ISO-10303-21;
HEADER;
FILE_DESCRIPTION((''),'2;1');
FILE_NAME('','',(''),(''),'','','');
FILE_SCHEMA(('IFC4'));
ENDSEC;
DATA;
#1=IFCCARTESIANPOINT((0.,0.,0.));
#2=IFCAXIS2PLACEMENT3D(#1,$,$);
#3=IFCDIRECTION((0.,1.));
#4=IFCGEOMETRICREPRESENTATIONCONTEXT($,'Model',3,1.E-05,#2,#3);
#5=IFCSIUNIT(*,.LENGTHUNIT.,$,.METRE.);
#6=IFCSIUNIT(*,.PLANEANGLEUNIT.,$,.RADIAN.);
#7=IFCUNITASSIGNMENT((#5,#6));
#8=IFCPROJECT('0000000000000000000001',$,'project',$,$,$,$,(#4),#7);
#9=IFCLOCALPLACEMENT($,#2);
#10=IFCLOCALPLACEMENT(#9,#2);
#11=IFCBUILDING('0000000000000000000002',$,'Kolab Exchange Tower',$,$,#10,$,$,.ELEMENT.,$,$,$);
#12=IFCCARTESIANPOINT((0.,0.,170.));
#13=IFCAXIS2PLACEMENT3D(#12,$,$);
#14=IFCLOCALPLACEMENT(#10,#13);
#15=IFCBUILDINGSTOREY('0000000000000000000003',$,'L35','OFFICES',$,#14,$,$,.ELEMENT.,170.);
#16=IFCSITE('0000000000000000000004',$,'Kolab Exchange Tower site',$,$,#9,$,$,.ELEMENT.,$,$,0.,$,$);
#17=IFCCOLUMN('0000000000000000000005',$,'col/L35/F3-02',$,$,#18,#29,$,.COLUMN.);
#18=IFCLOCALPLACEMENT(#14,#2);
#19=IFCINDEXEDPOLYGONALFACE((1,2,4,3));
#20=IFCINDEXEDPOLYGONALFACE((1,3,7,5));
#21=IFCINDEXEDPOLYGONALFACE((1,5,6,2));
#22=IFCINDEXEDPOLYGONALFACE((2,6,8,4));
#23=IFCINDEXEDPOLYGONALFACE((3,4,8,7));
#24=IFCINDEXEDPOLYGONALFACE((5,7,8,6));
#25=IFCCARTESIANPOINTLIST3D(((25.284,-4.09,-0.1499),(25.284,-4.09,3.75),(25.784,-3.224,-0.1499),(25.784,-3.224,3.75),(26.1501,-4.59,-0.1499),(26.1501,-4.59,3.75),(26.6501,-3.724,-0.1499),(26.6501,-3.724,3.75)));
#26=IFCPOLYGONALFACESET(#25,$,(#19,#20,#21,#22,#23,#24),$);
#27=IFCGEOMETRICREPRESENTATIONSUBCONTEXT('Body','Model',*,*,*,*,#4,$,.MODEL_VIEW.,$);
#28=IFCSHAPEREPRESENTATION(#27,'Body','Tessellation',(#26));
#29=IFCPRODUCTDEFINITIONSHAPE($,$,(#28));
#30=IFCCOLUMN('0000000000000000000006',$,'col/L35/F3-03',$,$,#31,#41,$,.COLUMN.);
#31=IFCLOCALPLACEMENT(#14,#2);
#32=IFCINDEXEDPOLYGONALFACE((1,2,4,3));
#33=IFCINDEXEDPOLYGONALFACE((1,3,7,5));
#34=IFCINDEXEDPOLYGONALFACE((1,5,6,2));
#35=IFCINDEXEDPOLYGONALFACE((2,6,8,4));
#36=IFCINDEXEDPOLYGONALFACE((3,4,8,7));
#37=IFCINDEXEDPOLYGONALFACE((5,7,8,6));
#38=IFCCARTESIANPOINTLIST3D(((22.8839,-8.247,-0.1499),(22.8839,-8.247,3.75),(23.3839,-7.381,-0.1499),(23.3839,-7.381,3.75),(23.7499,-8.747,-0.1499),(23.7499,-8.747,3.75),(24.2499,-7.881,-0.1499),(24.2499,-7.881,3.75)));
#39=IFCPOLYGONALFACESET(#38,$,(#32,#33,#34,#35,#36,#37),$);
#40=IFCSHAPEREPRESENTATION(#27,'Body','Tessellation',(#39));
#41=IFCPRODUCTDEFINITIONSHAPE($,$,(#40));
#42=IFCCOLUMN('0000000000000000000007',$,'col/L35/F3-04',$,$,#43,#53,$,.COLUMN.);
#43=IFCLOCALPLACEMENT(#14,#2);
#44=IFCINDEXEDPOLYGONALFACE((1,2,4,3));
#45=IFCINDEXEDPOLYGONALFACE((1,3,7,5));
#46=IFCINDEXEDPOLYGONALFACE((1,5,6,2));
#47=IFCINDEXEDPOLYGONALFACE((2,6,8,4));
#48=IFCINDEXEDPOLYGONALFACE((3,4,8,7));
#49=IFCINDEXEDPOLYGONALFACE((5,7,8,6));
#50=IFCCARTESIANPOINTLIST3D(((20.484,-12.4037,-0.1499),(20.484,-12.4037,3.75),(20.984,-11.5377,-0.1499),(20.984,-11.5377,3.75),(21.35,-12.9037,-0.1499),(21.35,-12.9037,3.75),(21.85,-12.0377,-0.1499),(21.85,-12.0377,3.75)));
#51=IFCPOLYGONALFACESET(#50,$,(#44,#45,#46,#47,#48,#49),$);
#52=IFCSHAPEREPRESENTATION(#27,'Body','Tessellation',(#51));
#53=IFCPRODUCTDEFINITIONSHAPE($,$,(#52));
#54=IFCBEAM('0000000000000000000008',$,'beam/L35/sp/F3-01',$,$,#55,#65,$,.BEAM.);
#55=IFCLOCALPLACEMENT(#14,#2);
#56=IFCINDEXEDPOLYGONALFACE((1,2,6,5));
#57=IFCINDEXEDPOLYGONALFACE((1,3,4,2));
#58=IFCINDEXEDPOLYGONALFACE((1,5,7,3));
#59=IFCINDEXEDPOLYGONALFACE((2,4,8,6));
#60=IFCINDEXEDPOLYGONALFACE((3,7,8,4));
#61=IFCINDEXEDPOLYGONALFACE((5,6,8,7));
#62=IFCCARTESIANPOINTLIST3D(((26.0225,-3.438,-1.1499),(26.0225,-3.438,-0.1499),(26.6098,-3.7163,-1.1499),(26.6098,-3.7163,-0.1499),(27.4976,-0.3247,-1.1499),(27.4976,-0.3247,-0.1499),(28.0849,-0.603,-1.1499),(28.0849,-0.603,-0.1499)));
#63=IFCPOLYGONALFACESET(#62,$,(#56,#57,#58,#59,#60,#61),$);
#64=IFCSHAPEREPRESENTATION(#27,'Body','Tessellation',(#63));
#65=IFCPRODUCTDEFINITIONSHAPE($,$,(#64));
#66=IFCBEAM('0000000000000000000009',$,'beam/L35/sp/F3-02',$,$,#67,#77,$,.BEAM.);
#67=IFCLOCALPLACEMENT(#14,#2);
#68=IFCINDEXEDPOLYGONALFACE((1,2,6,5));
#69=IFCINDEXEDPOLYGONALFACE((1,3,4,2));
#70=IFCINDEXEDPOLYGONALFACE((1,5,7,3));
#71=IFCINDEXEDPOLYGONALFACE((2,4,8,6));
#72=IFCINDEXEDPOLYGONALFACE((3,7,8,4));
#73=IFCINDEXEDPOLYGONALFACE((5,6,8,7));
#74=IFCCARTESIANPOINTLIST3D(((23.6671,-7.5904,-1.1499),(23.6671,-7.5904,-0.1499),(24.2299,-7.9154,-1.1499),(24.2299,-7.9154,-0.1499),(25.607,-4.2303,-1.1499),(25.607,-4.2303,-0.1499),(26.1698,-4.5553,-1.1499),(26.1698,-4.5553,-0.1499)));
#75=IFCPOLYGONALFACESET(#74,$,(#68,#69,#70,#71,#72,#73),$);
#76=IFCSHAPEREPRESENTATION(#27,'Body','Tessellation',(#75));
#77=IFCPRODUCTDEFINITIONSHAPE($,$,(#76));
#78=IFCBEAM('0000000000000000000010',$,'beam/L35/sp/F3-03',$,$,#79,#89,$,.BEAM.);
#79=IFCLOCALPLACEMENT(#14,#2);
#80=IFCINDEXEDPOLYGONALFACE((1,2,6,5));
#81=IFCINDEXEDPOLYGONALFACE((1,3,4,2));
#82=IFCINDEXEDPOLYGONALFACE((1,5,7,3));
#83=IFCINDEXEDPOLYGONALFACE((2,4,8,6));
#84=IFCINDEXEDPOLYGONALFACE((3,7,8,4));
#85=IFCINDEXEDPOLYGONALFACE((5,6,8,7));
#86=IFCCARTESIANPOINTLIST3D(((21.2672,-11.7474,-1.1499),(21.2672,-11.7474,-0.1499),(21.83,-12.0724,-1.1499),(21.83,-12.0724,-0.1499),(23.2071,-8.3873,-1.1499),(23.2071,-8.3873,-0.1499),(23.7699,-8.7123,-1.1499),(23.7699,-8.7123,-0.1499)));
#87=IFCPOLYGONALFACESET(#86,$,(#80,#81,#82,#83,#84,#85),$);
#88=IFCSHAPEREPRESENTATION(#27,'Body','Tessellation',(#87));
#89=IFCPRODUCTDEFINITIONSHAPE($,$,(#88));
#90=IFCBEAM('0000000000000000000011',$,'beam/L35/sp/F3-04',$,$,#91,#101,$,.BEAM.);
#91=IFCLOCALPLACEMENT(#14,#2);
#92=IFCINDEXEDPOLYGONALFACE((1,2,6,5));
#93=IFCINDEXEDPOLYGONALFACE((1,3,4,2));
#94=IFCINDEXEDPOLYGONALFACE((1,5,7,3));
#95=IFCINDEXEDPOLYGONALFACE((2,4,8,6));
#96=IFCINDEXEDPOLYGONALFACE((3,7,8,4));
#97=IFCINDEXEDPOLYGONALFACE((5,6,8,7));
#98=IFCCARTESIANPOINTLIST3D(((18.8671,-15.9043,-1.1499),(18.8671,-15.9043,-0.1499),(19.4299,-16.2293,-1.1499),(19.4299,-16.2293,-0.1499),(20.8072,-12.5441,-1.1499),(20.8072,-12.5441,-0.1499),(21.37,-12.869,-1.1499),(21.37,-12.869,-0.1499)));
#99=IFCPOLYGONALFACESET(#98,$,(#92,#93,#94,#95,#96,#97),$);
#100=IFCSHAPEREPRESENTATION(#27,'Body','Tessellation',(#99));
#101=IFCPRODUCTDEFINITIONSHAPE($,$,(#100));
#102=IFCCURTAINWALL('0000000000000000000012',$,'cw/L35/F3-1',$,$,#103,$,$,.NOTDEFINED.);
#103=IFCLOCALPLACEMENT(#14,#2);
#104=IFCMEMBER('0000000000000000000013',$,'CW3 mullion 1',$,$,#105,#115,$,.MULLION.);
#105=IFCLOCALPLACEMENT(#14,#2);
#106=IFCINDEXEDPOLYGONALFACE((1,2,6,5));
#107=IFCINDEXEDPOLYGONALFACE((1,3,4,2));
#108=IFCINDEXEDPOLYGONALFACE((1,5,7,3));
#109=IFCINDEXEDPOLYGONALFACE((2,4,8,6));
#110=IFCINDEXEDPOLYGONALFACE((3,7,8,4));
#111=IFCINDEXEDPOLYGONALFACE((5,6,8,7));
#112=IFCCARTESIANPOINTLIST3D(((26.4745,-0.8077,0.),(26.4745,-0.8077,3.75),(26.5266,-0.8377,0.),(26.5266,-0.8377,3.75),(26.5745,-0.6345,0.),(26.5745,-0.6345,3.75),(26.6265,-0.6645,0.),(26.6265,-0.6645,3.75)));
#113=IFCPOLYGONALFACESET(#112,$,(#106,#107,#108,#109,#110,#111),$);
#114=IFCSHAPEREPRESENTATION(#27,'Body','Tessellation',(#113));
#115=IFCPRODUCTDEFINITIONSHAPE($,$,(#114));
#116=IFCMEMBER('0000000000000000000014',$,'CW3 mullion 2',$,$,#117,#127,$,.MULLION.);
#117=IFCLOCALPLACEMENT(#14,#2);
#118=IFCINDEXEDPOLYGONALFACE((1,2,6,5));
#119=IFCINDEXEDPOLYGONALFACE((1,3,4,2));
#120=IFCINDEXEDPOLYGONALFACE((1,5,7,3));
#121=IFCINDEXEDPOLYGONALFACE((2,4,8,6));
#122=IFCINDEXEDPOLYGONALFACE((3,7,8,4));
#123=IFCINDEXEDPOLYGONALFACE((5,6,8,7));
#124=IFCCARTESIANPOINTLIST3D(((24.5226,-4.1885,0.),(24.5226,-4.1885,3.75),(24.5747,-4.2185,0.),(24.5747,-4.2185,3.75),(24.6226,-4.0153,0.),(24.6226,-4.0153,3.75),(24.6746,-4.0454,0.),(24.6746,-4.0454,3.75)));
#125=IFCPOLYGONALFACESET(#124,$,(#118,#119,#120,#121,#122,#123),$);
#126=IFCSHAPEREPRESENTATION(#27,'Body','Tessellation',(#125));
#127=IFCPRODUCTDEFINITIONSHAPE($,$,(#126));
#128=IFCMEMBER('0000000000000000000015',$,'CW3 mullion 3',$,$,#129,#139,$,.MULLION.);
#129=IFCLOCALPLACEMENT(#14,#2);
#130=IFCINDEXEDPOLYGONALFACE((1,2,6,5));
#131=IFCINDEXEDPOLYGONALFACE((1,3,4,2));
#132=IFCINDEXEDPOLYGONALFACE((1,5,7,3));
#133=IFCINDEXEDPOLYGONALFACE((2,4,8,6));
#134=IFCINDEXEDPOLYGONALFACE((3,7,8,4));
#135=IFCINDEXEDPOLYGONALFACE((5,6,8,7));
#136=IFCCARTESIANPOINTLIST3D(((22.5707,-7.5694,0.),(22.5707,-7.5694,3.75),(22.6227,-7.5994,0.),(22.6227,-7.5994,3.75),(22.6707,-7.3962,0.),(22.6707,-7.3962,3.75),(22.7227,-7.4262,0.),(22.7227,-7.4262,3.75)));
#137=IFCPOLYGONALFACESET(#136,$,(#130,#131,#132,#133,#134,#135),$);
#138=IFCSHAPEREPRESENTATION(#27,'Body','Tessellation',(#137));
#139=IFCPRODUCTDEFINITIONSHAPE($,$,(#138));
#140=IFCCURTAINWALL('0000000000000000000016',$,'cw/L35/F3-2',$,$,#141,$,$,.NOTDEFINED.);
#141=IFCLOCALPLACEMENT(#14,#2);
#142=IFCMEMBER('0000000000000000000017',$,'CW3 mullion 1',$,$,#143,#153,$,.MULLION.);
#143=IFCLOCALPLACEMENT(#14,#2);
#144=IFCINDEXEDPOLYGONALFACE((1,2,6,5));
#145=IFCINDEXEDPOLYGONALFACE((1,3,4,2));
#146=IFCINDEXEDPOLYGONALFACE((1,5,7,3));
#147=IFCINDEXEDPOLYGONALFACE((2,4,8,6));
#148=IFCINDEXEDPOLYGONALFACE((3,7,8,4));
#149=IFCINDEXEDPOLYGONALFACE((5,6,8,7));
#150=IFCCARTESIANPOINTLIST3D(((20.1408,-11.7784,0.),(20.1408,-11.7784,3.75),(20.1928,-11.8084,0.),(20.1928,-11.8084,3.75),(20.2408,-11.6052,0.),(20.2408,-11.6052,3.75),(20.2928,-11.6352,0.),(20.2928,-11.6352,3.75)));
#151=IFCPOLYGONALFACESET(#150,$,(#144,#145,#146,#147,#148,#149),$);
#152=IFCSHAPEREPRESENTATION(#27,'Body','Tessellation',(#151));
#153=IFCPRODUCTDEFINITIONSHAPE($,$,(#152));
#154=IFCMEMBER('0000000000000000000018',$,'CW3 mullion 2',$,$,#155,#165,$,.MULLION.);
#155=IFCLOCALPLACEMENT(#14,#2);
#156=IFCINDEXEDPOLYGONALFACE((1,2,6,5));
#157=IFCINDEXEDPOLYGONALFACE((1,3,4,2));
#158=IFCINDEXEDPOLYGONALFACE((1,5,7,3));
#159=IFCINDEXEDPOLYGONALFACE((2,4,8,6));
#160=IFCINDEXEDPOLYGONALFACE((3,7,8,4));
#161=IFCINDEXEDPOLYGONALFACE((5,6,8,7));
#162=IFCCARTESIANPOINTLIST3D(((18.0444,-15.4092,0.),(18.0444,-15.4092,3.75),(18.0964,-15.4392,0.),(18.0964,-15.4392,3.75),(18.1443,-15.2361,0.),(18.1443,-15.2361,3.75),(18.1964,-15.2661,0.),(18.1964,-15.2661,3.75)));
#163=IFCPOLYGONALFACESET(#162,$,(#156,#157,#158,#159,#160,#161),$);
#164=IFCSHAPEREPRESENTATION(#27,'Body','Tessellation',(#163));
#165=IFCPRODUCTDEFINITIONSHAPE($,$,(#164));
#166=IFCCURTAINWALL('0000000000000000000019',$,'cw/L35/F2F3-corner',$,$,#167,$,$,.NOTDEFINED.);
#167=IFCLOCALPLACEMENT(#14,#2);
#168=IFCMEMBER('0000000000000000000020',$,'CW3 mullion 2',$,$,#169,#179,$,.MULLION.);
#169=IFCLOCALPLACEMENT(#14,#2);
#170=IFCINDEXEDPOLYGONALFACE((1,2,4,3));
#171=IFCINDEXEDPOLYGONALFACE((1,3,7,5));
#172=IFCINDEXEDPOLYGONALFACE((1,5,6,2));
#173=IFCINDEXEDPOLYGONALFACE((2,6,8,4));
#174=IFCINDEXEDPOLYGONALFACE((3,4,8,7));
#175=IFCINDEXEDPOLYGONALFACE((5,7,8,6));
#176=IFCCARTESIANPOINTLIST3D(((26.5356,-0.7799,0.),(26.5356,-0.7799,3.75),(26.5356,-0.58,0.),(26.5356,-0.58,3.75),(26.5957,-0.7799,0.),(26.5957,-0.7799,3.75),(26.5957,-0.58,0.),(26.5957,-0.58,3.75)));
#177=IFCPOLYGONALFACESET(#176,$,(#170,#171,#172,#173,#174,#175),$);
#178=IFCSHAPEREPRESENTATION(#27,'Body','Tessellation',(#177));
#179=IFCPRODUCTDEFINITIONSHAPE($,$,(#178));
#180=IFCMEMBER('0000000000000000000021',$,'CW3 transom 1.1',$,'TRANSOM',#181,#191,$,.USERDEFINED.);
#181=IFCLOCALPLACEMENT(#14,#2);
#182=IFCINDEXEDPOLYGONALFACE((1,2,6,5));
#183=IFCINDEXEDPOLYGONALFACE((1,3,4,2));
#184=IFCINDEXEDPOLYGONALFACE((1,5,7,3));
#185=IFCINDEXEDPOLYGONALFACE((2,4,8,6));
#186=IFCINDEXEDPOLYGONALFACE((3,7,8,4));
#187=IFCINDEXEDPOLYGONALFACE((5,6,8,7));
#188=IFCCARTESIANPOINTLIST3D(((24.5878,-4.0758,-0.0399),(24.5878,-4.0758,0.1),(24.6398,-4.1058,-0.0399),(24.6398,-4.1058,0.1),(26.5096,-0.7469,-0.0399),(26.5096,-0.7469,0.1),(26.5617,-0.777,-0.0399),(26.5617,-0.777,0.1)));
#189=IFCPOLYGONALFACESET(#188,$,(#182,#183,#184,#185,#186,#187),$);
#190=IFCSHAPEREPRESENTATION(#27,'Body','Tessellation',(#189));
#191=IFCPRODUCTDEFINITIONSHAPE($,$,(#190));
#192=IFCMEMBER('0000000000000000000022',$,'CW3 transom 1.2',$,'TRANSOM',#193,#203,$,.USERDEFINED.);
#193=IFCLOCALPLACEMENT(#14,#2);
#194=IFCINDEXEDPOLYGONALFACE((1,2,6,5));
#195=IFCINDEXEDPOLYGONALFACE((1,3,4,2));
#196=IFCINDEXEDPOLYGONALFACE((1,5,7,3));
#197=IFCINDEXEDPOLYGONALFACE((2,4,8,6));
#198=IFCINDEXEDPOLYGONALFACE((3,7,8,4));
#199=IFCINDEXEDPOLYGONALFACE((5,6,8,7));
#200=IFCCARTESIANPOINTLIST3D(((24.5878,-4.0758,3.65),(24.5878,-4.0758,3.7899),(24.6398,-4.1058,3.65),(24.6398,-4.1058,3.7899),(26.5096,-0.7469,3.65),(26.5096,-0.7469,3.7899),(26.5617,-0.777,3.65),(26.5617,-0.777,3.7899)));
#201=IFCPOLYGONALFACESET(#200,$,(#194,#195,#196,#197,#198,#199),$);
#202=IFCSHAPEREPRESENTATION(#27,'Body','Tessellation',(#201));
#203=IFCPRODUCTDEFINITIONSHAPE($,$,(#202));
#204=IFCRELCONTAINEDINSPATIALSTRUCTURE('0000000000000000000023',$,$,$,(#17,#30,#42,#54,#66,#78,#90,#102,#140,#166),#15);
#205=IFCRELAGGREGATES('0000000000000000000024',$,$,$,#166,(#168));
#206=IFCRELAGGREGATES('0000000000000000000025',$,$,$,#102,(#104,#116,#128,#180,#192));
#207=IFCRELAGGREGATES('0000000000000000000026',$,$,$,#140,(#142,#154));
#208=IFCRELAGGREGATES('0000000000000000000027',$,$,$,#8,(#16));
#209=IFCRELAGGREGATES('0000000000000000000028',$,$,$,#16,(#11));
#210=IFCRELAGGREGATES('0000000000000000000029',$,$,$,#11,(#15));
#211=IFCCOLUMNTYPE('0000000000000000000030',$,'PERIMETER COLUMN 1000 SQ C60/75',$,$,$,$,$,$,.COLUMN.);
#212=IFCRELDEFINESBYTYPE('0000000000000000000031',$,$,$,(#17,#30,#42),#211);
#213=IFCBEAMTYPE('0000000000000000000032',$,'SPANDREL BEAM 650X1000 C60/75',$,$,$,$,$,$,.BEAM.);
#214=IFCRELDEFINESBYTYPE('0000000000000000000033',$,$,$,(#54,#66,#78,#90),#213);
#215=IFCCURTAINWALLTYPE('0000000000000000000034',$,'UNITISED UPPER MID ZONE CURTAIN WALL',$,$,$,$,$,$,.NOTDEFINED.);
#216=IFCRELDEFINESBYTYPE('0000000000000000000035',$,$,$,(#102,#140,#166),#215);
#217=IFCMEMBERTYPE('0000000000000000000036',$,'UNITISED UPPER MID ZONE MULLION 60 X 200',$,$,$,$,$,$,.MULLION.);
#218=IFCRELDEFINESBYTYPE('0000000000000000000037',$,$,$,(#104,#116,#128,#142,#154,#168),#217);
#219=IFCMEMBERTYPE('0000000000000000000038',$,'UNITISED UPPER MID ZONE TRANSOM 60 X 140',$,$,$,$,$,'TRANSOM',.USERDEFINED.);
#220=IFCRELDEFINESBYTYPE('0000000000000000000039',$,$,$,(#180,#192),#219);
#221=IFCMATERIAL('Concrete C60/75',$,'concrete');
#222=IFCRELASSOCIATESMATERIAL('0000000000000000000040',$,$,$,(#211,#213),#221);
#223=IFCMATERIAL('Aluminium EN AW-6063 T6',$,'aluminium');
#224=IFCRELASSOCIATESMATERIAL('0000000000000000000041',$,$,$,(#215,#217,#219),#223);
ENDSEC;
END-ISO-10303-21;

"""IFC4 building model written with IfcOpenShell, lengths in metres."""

from ifc_helpers import new_model, si_unit, direction, frame, origin, origin_2d, place, context, subcontext, project, spatial, rectangle, extrude, material, material_profile, profile_set, type_object, element, aggregate, save


model = new_model("IFC4")

# Units and contexts
model_context = context("Model", 3, precision=1e-05, world=origin(), true_north=direction((0.0, 1.0)))
body_context = subcontext(model_context, "Body", "Model", "MODEL_VIEW")
ifc_project = project(units=[si_unit("LENGTHUNIT", "METRE"), si_unit("PLANEANGLEUNIT", "RADIAN")], contexts=[model_context])

# Site, building, storey
site_placement = place(None, origin())
site = spatial("IfcSite", under=ifc_project, at=site_placement, Name="Kolab Exchange Tower site", CompositionType="ELEMENT", RefElevation=0.0)
building_placement = place(site_placement, origin())
building = spatial("IfcBuilding", under=site, at=building_placement, Name="Kolab Exchange Tower", CompositionType="ELEMENT")
storey_placement = place(building_placement, frame((0.0, 0.0, 170.0)))
storey = spatial("IfcBuildingStorey", under=building, at=storey_placement, Name="L35", Description="OFFICES", CompositionType="ELEMENT", Elevation=170.0)

# Columns
ifc_material_1 = material(Name="Concrete C60/75", Category="concrete")
ifc_material_profile_1 = material_profile(ifc_material_1, rectangle(XDim=1.0, YDim=1.0, at=origin_2d()), Name="RC1000")
ifc_profile_set_1 = profile_set([ifc_material_profile_1], Name="Concrete C60/75")
column_type = type_object("IfcColumnType", Name="PERIMETER COLUMN 1000 SQ C60/75", PredefinedType="COLUMN", material=ifc_profile_set_1)
for number, where, z_axis, x_axis, name in (
    (1, (25.967, -3.907, -0.1499), (0.0, 0.0, 1.0), (0.5, 0.866025, 0.0), "col/L35/F3-02"),
    (2, (23.5669, -8.064, -0.1499), (0.0, 0.0, 1.0), (0.5, 0.866025, 0.0), "col/L35/F3-03"),
    (3, (21.167, -12.2207, -0.1499), (0.0, 0.0, 1.0), (0.5, 0.866025, 0.0), "col/L35/F3-04"),
):
    element("IfcColumn", number, at=place(storey_placement, frame(where, z_axis=z_axis, x_axis=x_axis)), inside=storey, type_object=column_type, Name=name, PredefinedType="COLUMN", context=body_context, shape_type="SweptSolid", body=[
        extrude(rectangle(XDim=1.0, YDim=1.0, at=origin_2d()), origin(), (0.0, 0.0, 1.0), 3.8999),
    ])

# Beams
ifc_material_profile_2 = material_profile(ifc_material_1, rectangle(XDim=0.6499, YDim=1.0, at=origin_2d()), Name="RC650X1000")
ifc_profile_set_2 = profile_set([ifc_material_profile_2], Name="Concrete C60/75")
beam_type = type_object("IfcBeamType", Name="SPANDREL BEAM 650X1000 C60/75", PredefinedType="BEAM", material=ifc_profile_set_2)
beam_1_placement = place(storey_placement, frame((27.7913, -0.4639, -0.6499), z_axis=(-0.428178, -0.903695, 0.0), x_axis=(0.903695, -0.428178, 0.0)))
element("IfcBeam", 4, at=beam_1_placement, inside=storey, type_object=beam_type, Name="beam/L35/sp/F3-01", PredefinedType="BEAM", context=body_context, shape_type="SweptSolid", body=[
    extrude(rectangle(XDim=0.6499, YDim=1.0, at=origin_2d()), origin(), (0.0, 0.0, 1.0), 3.4451),
])
for number, where, z_axis, x_axis, name in (
    (5, (25.8884, -4.3928, -0.6499), (-0.499997, -0.866027, 0.0), (0.866027, -0.499997, 0.0), "beam/L35/sp/F3-02"),
    (6, (23.4885, -8.5498, -0.6499), (-0.499997, -0.866027, 0.0), (0.866027, -0.499997, 0.0), "beam/L35/sp/F3-03"),
):
    element("IfcBeam", number, at=place(storey_placement, frame(where, z_axis=z_axis, x_axis=x_axis)), inside=storey, type_object=beam_type, Name=name, PredefinedType="BEAM", context=body_context, shape_type="SweptSolid", body=[
        extrude(rectangle(XDim=0.6499, YDim=1.0, at=origin_2d()), origin(), (0.0, 0.0, 1.0), 3.8799),
    ])
beam_2_placement = place(storey_placement, frame((21.0886, -12.7065, -0.6499), z_axis=(-0.500017, -0.866016, 0.0), x_axis=(0.866016, -0.500017, 0.0)))
element("IfcBeam", 7, at=beam_2_placement, inside=storey, type_object=beam_type, Name="beam/L35/sp/F3-04", PredefinedType="BEAM", context=body_context, shape_type="SweptSolid", body=[
    extrude(rectangle(XDim=0.6499, YDim=1.0, at=origin_2d()), origin(), (0.0, 0.0, 1.0), 3.8801),
])

# Curtain walls, members
ifc_material_2 = material(Name="Aluminium EN AW-6063 T6", Category="aluminium")
curtain_wall_type = type_object("IfcCurtainWallType", Name="UNITISED UPPER MID ZONE CURTAIN WALL", PredefinedType="NOTDEFINED", material=ifc_material_2)
curtain_wall_1_placement = place(storey_placement, origin())
curtain_wall_1 = element("IfcCurtainWall", 8, at=curtain_wall_1_placement, inside=storey, type_object=curtain_wall_type, Name="cw/L35/F3-1", PredefinedType="NOTDEFINED")
ifc_material_profile_3 = material_profile(ifc_material_2, rectangle(XDim=0.0601, YDim=0.2, at=origin_2d()), Name="RECT 60X200")
ifc_profile_set_3 = profile_set([ifc_material_profile_3], Name="Aluminium EN AW-6063 T6")
member_type_1 = type_object("IfcMemberType", Name="UNITISED UPPER MID ZONE MULLION 60 X 200", PredefinedType="MULLION", material=ifc_profile_set_3)
member_1_placement = place(storey_placement, frame((26.5505, -0.7361, 0.0), z_axis=(0.0, 0.0, 1.0), x_axis=(0.866025, -0.5, 0.0)))
member_1 = element("IfcMember", 9, at=member_1_placement, type_object=member_type_1, Name="CW3 mullion 1", PredefinedType="MULLION", context=body_context, shape_type="SweptSolid", body=[
    extrude(rectangle(XDim=0.0601, YDim=0.2, at=origin_2d()), origin(), (0.0, 0.0, 1.0), 3.75),
])
member_2_placement = place(storey_placement, frame((24.5986, -4.1169, 0.0), z_axis=(0.0, 0.0, 1.0), x_axis=(0.866025, -0.5, 0.0)))
member_2 = element("IfcMember", 10, at=member_2_placement, type_object=member_type_1, Name="CW3 mullion 2", PredefinedType="MULLION", context=body_context, shape_type="SweptSolid", body=[
    extrude(rectangle(XDim=0.0601, YDim=0.2, at=origin_2d()), origin(), (0.0, 0.0, 1.0), 3.75),
])
member_3_placement = place(storey_placement, frame((22.6467, -7.4978, 0.0), z_axis=(0.0, 0.0, 1.0), x_axis=(0.866025, -0.5, 0.0)))
member_3 = element("IfcMember", 11, at=member_3_placement, type_object=member_type_1, Name="CW3 mullion 3", PredefinedType="MULLION", context=body_context, shape_type="SweptSolid", body=[
    extrude(rectangle(XDim=0.0601, YDim=0.2, at=origin_2d()), origin(), (0.0, 0.0, 1.0), 3.75),
])
curtain_wall_2_placement = place(storey_placement, origin())
curtain_wall_2 = element("IfcCurtainWall", 12, at=curtain_wall_2_placement, inside=storey, type_object=curtain_wall_type, Name="cw/L35/F3-2", PredefinedType="NOTDEFINED")
member_4_placement = place(storey_placement, frame((20.2168, -11.7068, 0.0), z_axis=(0.0, 0.0, 1.0), x_axis=(0.866025, -0.5, 0.0)))
member_4 = element("IfcMember", 13, at=member_4_placement, type_object=member_type_1, Name="CW3 mullion 1", PredefinedType="MULLION", context=body_context, shape_type="SweptSolid", body=[
    extrude(rectangle(XDim=0.0601, YDim=0.2, at=origin_2d()), origin(), (0.0, 0.0, 1.0), 3.75),
])
member_5_placement = place(storey_placement, frame((18.1204, -15.3376, 0.0), z_axis=(0.0, 0.0, 1.0), x_axis=(0.866025, -0.5, 0.0)))
member_5 = element("IfcMember", 14, at=member_5_placement, type_object=member_type_1, Name="CW3 mullion 2", PredefinedType="MULLION", context=body_context, shape_type="SweptSolid", body=[
    extrude(rectangle(XDim=0.0601, YDim=0.2, at=origin_2d()), origin(), (0.0, 0.0, 1.0), 3.75),
])

# Curtain wall, member
curtain_wall_3_placement = place(storey_placement, origin())
curtain_wall_3 = element("IfcCurtainWall", 15, at=curtain_wall_3_placement, inside=storey, type_object=curtain_wall_type, Name="cw/L35/F2F3-corner", PredefinedType="NOTDEFINED")
member_6_placement = place(storey_placement, frame((26.5657, -0.6799, 0.0), z_axis=(0.0, 0.0, 1.0), x_axis=(1.0, 0.0, 0.0)))
member_6 = element("IfcMember", 16, at=member_6_placement, type_object=member_type_1, Name="CW3 mullion 2", PredefinedType="MULLION", context=body_context, shape_type="SweptSolid", body=[
    extrude(rectangle(XDim=0.0601, YDim=0.2, at=origin_2d()), origin(), (0.0, 0.0, 1.0), 3.75),
])
aggregate(curtain_wall_3, [member_6])

# Members
ifc_material_profile_4 = material_profile(ifc_material_2, rectangle(XDim=0.0601, YDim=0.1399, at=origin_2d()), Name="RECT 60X140")
ifc_profile_set_4 = profile_set([ifc_material_profile_4], Name="Aluminium EN AW-6063 T6")
member_type_2 = type_object("IfcMemberType", Name="UNITISED UPPER MID ZONE TRANSOM 60 X 140", ElementType="TRANSOM", PredefinedType="USERDEFINED", material=ifc_profile_set_4)
member_7_placement = place(storey_placement, frame((26.5356, -0.762, 0.03), z_axis=(-0.499992, -0.86603, 0.0), x_axis=(0.86603, -0.499992, 0.0)))
member_7 = element("IfcMember", 17, at=member_7_placement, type_object=member_type_2, Name="CW3 transom 1.1", ObjectType="TRANSOM", PredefinedType="USERDEFINED", context=body_context, shape_type="SweptSolid", body=[
    extrude(rectangle(XDim=0.0601, YDim=0.1399, at=origin_2d()), origin(), (0.0, 0.0, 1.0), 3.8438),
])
member_8_placement = place(storey_placement, frame((26.5356, -0.762, 3.72), z_axis=(-0.499992, -0.86603, 0.0), x_axis=(0.86603, -0.499992, 0.0)))
member_8 = element("IfcMember", 18, at=member_8_placement, type_object=member_type_2, Name="CW3 transom 1.2", ObjectType="TRANSOM", PredefinedType="USERDEFINED", context=body_context, shape_type="SweptSolid", body=[
    extrude(rectangle(XDim=0.0601, YDim=0.1399, at=origin_2d()), origin(), (0.0, 0.0, 1.0), 3.8438),
])

aggregate(curtain_wall_1, [member_1, member_2, member_3, member_7, member_8])
aggregate(curtain_wall_2, [member_4, member_5])

save(model, "model.ifc")
